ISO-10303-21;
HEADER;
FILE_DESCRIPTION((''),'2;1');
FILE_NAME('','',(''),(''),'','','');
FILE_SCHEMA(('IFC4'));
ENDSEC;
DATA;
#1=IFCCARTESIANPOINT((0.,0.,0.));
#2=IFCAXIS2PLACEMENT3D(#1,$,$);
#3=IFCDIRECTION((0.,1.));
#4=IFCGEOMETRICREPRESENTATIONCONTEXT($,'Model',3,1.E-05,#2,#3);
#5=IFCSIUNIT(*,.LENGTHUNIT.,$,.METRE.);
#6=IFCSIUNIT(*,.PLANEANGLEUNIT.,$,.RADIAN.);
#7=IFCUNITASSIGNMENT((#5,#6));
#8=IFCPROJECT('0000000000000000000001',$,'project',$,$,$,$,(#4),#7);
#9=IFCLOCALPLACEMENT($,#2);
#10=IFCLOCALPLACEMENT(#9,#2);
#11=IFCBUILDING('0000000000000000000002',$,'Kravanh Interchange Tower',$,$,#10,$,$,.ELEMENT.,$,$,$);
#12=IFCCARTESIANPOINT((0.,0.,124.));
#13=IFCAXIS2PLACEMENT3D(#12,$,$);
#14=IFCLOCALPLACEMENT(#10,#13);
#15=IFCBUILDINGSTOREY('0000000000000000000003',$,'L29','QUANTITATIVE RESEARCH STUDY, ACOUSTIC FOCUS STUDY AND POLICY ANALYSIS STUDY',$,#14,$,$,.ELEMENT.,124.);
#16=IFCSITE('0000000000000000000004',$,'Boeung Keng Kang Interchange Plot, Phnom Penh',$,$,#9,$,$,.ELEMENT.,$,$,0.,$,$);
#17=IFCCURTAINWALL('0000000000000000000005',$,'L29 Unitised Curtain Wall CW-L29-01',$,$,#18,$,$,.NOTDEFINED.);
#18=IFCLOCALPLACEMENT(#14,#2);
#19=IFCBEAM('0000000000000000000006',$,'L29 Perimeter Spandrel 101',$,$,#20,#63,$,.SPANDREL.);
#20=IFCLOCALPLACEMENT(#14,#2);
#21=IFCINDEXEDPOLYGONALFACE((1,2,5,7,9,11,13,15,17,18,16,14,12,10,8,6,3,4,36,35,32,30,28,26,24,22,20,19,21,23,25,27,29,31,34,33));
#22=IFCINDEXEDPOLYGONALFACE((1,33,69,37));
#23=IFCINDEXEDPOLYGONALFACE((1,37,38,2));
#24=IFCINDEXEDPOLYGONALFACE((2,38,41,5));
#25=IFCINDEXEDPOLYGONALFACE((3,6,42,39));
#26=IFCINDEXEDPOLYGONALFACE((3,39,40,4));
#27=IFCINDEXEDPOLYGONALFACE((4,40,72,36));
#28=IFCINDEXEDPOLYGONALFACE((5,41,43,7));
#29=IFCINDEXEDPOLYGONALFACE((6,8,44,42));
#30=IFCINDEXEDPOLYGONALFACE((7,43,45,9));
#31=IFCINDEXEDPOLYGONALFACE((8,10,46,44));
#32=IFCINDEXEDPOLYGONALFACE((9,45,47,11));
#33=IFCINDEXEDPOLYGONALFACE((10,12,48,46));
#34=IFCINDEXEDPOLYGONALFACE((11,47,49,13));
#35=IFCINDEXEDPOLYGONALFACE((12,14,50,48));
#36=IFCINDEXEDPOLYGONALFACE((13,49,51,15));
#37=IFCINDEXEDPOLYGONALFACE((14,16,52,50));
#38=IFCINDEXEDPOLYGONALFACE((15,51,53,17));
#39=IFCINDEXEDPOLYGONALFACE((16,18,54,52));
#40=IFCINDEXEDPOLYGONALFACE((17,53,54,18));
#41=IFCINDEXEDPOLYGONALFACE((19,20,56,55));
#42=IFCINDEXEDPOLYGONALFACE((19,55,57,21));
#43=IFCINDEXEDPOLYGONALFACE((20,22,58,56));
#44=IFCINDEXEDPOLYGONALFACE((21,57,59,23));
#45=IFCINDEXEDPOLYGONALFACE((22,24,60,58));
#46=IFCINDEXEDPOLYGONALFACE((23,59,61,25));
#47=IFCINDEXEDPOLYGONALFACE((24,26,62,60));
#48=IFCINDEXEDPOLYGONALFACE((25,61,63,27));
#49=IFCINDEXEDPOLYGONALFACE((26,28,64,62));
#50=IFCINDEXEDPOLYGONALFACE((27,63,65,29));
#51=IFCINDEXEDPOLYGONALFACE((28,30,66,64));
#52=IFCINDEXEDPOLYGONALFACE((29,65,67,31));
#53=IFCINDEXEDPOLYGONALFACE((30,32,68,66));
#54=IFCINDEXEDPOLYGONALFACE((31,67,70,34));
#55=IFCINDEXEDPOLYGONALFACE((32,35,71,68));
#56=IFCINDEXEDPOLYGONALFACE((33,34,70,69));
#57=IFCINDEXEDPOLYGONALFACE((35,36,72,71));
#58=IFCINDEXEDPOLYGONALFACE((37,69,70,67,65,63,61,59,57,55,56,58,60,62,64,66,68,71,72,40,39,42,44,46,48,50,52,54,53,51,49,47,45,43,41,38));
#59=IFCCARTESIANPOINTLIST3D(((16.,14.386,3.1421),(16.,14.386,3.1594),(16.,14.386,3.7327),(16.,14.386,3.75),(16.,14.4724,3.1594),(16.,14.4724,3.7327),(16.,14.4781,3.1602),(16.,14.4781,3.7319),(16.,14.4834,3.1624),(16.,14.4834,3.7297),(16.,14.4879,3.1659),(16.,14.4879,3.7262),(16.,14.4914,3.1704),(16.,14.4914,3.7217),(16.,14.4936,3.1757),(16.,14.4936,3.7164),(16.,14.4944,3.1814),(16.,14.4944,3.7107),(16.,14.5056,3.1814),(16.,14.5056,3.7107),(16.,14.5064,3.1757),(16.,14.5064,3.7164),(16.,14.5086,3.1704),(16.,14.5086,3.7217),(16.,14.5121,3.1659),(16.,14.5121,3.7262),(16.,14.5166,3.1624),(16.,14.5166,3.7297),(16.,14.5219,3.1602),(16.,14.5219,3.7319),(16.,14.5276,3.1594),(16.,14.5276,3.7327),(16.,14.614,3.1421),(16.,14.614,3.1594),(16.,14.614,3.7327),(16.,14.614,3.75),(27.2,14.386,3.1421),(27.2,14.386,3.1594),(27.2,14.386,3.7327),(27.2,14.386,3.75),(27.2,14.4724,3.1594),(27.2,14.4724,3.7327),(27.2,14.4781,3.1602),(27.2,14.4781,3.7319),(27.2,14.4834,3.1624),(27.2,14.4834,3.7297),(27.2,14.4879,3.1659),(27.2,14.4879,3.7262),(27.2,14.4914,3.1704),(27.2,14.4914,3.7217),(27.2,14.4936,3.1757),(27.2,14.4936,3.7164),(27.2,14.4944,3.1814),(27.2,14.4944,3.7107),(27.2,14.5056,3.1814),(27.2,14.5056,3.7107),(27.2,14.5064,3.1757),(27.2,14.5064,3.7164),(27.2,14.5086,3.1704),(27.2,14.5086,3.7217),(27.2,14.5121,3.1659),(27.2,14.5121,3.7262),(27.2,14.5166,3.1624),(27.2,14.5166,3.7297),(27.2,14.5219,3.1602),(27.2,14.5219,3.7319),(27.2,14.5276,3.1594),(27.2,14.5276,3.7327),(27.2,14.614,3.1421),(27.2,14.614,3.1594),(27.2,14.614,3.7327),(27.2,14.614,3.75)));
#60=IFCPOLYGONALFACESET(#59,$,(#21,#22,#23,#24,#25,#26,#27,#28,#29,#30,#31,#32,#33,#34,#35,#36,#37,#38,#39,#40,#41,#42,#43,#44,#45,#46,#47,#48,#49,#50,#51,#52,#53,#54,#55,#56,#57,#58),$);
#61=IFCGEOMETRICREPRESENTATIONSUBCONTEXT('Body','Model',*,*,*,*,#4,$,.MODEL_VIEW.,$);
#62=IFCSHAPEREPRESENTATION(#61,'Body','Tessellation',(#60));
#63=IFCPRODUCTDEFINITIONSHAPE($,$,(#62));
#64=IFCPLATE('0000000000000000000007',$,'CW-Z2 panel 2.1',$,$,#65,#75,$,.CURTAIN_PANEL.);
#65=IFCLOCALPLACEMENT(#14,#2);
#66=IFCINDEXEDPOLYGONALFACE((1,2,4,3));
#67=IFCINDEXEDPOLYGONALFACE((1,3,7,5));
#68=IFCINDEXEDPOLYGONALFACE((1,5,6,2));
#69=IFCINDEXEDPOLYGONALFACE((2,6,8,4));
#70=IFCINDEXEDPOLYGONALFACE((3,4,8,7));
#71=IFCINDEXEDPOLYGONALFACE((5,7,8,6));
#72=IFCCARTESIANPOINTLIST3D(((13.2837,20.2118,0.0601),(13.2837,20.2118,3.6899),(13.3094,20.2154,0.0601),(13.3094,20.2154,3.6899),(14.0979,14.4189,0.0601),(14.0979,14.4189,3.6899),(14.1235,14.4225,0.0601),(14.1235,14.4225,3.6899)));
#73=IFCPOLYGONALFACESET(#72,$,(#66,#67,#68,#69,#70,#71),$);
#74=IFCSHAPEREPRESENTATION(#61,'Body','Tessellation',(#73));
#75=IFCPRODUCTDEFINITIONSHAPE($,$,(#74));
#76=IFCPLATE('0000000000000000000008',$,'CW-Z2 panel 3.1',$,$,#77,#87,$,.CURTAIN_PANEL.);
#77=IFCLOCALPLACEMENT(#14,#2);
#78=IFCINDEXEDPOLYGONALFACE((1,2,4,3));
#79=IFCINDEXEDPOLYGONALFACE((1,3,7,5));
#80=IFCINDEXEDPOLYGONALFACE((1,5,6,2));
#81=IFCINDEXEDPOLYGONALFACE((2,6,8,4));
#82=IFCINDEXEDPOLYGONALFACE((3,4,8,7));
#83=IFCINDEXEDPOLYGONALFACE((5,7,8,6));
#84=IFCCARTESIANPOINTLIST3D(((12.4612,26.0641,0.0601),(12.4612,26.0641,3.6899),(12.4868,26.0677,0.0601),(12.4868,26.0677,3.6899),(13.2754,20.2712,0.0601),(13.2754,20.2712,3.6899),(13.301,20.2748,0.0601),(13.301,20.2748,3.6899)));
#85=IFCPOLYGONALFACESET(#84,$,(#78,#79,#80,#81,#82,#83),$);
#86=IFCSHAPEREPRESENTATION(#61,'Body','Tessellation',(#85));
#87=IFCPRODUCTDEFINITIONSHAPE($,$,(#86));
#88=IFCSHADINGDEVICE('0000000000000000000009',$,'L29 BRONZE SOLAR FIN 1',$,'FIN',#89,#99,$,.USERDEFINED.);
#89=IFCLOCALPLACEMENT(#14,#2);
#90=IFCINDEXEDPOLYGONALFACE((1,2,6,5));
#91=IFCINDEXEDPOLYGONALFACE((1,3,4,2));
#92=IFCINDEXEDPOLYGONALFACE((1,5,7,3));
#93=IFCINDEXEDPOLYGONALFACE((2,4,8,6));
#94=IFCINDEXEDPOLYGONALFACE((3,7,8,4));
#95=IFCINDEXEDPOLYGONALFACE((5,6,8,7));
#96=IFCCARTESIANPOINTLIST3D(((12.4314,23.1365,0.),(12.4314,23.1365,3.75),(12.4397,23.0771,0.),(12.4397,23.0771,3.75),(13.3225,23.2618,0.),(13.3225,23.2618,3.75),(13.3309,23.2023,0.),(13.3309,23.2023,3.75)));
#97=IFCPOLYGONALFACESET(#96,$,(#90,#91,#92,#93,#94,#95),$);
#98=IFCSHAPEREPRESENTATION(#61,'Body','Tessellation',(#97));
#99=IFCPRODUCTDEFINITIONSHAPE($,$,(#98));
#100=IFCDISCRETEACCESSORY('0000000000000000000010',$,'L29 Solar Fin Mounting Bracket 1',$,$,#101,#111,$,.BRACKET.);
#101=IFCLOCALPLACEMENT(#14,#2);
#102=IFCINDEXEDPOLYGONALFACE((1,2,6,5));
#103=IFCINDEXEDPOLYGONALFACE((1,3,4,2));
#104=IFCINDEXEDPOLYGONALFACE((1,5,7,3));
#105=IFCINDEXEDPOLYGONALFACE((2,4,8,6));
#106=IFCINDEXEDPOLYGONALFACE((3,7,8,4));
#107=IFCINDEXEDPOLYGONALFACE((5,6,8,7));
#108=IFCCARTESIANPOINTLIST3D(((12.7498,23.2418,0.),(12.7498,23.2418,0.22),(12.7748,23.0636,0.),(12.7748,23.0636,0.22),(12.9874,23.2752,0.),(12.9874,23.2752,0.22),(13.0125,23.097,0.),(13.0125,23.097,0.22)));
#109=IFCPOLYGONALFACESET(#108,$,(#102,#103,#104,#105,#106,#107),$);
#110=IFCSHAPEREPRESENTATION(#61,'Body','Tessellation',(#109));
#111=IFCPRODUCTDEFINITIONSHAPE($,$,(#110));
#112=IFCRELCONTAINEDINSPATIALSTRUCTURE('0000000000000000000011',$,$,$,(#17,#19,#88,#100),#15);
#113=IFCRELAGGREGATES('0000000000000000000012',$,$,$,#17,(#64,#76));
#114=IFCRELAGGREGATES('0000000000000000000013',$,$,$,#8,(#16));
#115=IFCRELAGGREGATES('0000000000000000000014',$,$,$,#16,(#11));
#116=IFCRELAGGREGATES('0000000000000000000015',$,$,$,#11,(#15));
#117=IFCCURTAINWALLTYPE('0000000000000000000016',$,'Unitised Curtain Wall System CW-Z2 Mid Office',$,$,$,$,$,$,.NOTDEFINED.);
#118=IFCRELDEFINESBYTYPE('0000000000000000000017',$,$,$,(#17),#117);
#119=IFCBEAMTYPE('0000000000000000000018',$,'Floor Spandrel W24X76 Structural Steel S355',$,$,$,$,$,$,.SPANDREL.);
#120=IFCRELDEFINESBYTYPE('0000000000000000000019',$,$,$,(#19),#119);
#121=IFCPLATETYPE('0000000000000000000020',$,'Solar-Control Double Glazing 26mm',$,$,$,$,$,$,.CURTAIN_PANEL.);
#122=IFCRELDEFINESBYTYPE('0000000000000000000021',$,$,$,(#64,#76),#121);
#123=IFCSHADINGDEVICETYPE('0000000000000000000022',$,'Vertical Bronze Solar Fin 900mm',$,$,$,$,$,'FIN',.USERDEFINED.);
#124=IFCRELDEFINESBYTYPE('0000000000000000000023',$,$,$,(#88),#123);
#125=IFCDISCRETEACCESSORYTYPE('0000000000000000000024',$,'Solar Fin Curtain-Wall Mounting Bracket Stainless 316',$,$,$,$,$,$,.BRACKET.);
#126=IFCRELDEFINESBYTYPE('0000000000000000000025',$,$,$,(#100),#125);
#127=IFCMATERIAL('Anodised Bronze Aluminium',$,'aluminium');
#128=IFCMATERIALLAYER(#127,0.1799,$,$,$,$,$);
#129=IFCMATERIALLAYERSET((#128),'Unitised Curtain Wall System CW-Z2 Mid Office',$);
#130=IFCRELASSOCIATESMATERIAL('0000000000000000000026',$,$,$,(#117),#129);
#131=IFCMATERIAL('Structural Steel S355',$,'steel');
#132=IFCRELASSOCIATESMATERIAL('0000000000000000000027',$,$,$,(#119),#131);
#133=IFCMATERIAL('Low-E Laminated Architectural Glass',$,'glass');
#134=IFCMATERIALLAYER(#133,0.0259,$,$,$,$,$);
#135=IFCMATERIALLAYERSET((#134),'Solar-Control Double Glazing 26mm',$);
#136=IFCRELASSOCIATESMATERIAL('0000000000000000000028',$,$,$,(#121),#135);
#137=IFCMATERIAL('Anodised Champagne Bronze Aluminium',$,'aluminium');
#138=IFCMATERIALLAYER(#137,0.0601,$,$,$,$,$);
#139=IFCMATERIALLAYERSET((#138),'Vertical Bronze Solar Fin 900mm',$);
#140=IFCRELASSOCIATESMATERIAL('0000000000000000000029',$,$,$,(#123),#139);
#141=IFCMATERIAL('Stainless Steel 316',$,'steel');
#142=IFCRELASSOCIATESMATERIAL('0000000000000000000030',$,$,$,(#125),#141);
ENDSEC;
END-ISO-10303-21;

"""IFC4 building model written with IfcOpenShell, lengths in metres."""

from ifc_helpers import new_model, si_unit, direction, frame, origin, origin_2d, place, context, subcontext, project, spatial, rectangle, i_section, extrude, material, layer, layer_set, material_profile, profile_set, type_object, element, aggregate, save


model = new_model("IFC4")

# Units and contexts
model_context = context("Model", 3, precision=1e-05, world=origin(), true_north=direction((0.0, 1.0)))
body_context = subcontext(model_context, "Body", "Model", "MODEL_VIEW")
ifc_project = project(units=[si_unit("LENGTHUNIT", "METRE"), si_unit("PLANEANGLEUNIT", "RADIAN")], contexts=[model_context])

# Site, building, storey
site_placement = place(None, origin())
site = spatial("IfcSite", under=ifc_project, at=site_placement, Name="Boeung Keng Kang Interchange Plot, Phnom Penh", CompositionType="ELEMENT", RefElevation=0.0)
building_placement = place(site_placement, origin())
building = spatial("IfcBuilding", under=site, at=building_placement, Name="Kravanh Interchange Tower", CompositionType="ELEMENT")
storey_placement = place(building_placement, frame((0.0, 0.0, 124.0)))
storey = spatial("IfcBuildingStorey", under=building, at=storey_placement, Name="L29", Description="QUANTITATIVE RESEARCH STUDY, ACOUSTIC FOCUS STUDY AND POLICY ANALYSIS STUDY", CompositionType="ELEMENT", Elevation=124.0)

# Curtain wall
ifc_material_1 = material(Name="Anodised Bronze Aluminium", Category="aluminium")
ifc_layer_1 = layer(ifc_material_1, 0.1799)
ifc_layer_set_1 = layer_set([ifc_layer_1], Name="Unitised Curtain Wall System CW-Z2 Mid Office")
curtain_wall_type = type_object("IfcCurtainWallType", Name="Unitised Curtain Wall System CW-Z2 Mid Office", PredefinedType="NOTDEFINED", material=ifc_layer_set_1)
curtain_wall_placement = place(storey_placement, origin())
curtain_wall = element("IfcCurtainWall", 1, at=curtain_wall_placement, inside=storey, type_object=curtain_wall_type, Name="L29 Unitised Curtain Wall CW-L29-01", PredefinedType="NOTDEFINED")

# Beam
ifc_material_2 = material(Name="Structural Steel S355", Category="steel")
ifc_material_profile_1 = material_profile(ifc_material_2, i_section(OverallWidth=0.228, OverallDepth=0.6079, WebThickness=0.0112, FlangeThickness=0.0173, FilletRadius=0.022, at=origin_2d()), Name="W24X76")
ifc_profile_set_1 = profile_set([ifc_material_profile_1], Name="Structural Steel S355")
beam_type_1 = type_object("IfcBeamType", Name="Floor Spandrel W24X76 Structural Steel S355", PredefinedType="SPANDREL", material=ifc_profile_set_1)
beam_1_placement = place(storey_placement, frame((16.0, 14.5, 3.446), z_axis=(1.0, 0.0, 0.0), x_axis=(0.0, 1.0, 0.0)))
element("IfcBeam", 2, at=beam_1_placement, inside=storey, type_object=beam_type_1, Name="L29 Perimeter Spandrel 101", PredefinedType="SPANDREL", context=body_context, shape_type="SweptSolid", body=[
    extrude(i_section(OverallWidth=0.228, OverallDepth=0.6079, WebThickness=0.0112, FlangeThickness=0.0173, FilletRadius=0.022, at=origin_2d()), origin(), (0.0, 0.0, 1.0), 11.2),
])

# Plates
ifc_material_3 = material(Name="Low-E Laminated Architectural Glass", Category="glass")
ifc_layer_2 = layer(ifc_material_3, 0.0259)
ifc_layer_set_2 = layer_set([ifc_layer_2], Name="Solar-Control Double Glazing 26mm")
plate_type = type_object("IfcPlateType", Name="Solar-Control Double Glazing 26mm", PredefinedType="CURTAIN_PANEL", material=ifc_layer_set_2)
plate_1_placement = place(storey_placement, frame((13.7036, 17.3171, 0.0601), z_axis=(0.0, 0.0, 1.0), x_axis=(-0.139173, 0.990268, 0.0)))
plate_1 = element("IfcPlate", 3, at=plate_1_placement, type_object=plate_type, Name="CW-Z2 panel 2.1", PredefinedType="CURTAIN_PANEL", context=body_context, shape_type="SweptSolid", body=[
    extrude(rectangle(XDim=5.8499, YDim=0.0259, at=origin_2d()), origin(), (0.0, 0.0, 1.0), 3.6299),
])
plate_2_placement = place(storey_placement, frame((12.8811, 23.1694, 0.0601), z_axis=(0.0, 0.0, 1.0), x_axis=(-0.139173, 0.990268, 0.0)))
plate_2 = element("IfcPlate", 4, at=plate_2_placement, type_object=plate_type, Name="CW-Z2 panel 3.1", PredefinedType="CURTAIN_PANEL", context=body_context, shape_type="SweptSolid", body=[
    extrude(rectangle(XDim=5.8499, YDim=0.0259, at=origin_2d()), origin(), (0.0, 0.0, 1.0), 3.6299),
])
aggregate(curtain_wall, [plate_1, plate_2])

# Shading device
ifc_material_4 = material(Name="Anodised Champagne Bronze Aluminium", Category="aluminium")
ifc_layer_3 = layer(ifc_material_4, 0.0601)
ifc_layer_set_3 = layer_set([ifc_layer_3], Name="Vertical Bronze Solar Fin 900mm")
shading_device_type = type_object("IfcShadingDeviceType", Name="Vertical Bronze Solar Fin 900mm", ElementType="FIN", PredefinedType="USERDEFINED", material=ifc_layer_set_3)
shading_device_placement = place(storey_placement, frame((12.8811, 23.1694, 0.0), z_axis=(0.0, 0.0, 1.0), x_axis=(-0.990268, -0.139173, 0.0)))
element("IfcShadingDevice", 5, at=shading_device_placement, inside=storey, type_object=shading_device_type, Name="L29 BRONZE SOLAR FIN 1", ObjectType="FIN", PredefinedType="USERDEFINED", context=body_context, shape_type="SweptSolid", body=[
    extrude(rectangle(XDim=0.8999, YDim=0.0601, at=origin_2d()), origin(), (0.0, 0.0, 1.0), 3.75),
])

# Discrete accessory
ifc_material_5 = material(Name="Stainless Steel 316", Category="steel")
discrete_accessory_type = type_object("IfcDiscreteAccessoryType", Name="Solar Fin Curtain-Wall Mounting Bracket Stainless 316", PredefinedType="BRACKET", material=ifc_material_5)
discrete_accessory_placement = place(storey_placement, frame((12.8811, 23.1694, 0.0), z_axis=(0.0, 0.0, 1.0), x_axis=(-0.990268, -0.139173, 0.0)))
element("IfcDiscreteAccessory", 6, at=discrete_accessory_placement, inside=storey, type_object=discrete_accessory_type, Name="L29 Solar Fin Mounting Bracket 1", PredefinedType="BRACKET", context=body_context, shape_type="SweptSolid", body=[
    extrude(rectangle(XDim=0.24, YDim=0.1799, at=origin_2d()), origin(), (0.0, 0.0, 1.0), 0.22),
])

save(model, "model.ifc")
